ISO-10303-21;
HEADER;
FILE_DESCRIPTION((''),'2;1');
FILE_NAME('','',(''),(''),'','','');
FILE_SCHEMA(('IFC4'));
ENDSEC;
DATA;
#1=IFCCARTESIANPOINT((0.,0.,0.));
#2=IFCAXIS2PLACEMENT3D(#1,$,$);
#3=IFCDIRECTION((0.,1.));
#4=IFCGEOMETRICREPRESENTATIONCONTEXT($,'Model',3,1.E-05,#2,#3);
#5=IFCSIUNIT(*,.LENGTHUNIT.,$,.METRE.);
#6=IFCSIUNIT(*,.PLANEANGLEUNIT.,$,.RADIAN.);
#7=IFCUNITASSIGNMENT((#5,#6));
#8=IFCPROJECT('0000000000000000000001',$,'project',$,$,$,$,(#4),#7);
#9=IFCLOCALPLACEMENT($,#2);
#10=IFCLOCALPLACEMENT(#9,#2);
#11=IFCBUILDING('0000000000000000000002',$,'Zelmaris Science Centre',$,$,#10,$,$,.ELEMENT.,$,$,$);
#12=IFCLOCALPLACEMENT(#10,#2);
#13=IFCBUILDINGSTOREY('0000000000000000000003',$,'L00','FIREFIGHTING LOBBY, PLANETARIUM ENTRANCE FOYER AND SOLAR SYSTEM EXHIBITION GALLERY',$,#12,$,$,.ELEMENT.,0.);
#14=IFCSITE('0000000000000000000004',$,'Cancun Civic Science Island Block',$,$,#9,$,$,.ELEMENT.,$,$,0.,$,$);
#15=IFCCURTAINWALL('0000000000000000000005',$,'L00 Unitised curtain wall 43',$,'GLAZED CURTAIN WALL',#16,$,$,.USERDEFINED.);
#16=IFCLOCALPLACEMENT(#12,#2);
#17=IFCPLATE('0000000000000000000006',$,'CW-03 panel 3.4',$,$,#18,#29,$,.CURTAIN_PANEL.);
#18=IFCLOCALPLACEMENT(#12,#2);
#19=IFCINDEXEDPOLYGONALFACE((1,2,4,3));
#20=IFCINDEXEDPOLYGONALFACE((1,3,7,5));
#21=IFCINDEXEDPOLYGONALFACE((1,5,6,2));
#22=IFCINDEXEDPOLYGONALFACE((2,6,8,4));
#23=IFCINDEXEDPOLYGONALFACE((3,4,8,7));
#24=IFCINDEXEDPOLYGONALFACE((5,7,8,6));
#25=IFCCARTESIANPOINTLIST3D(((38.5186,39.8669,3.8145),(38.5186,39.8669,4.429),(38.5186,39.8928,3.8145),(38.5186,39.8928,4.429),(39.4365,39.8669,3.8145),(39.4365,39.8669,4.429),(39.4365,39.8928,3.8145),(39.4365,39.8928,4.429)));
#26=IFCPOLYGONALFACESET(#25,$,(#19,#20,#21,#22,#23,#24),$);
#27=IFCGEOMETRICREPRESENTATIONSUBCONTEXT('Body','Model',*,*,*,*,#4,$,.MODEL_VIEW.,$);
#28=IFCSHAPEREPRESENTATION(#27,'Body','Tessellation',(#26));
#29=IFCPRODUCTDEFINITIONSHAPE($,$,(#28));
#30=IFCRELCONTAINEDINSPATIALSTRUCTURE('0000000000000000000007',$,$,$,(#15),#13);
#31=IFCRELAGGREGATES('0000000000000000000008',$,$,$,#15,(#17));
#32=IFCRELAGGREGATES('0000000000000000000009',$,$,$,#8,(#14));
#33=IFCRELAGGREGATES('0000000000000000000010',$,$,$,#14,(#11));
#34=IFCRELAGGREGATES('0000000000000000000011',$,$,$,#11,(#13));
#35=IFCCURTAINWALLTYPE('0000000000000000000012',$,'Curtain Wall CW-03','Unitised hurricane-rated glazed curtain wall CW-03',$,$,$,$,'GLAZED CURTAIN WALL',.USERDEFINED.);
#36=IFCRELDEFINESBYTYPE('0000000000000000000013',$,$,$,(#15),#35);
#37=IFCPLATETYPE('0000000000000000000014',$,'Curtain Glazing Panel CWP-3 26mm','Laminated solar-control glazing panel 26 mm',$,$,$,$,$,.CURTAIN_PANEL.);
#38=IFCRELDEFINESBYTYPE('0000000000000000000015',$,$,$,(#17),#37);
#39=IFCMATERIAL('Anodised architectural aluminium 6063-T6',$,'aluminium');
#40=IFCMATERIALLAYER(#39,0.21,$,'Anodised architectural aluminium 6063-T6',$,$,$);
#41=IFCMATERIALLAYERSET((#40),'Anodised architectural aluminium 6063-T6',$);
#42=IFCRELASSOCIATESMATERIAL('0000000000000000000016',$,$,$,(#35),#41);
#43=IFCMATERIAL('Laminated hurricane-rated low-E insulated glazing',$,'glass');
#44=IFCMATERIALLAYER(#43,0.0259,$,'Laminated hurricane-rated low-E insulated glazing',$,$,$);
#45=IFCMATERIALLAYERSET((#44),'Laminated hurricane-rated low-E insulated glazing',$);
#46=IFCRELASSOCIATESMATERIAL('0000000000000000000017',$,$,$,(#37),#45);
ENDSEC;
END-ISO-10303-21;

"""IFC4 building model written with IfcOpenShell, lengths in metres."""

from ifc_helpers import new_model, si_unit, direction, frame, origin, origin_2d, place, context, subcontext, project, spatial, rectangle, extrude, material, layer, layer_set, type_object, element, aggregate, save


model = new_model("IFC4")

# Units and contexts
model_context = context("Model", 3, precision=1e-05, world=origin(), true_north=direction((0.0, 1.0)))
body_context = subcontext(model_context, "Body", "Model", "MODEL_VIEW")
ifc_project = project(units=[si_unit("LENGTHUNIT", "METRE"), si_unit("PLANEANGLEUNIT", "RADIAN")], contexts=[model_context])

# Site, building, storey
site_placement = place(None, origin())
site = spatial("IfcSite", under=ifc_project, at=site_placement, Name="Cancun Civic Science Island Block", CompositionType="ELEMENT", RefElevation=0.0)
building_placement = place(site_placement, origin())
building = spatial("IfcBuilding", under=site, at=building_placement, Name="Zelmaris Science Centre", CompositionType="ELEMENT")
storey_placement = place(building_placement, origin())
storey = spatial("IfcBuildingStorey", under=building, at=storey_placement, Name="L00", Description="FIREFIGHTING LOBBY, PLANETARIUM ENTRANCE FOYER AND SOLAR SYSTEM EXHIBITION GALLERY", CompositionType="ELEMENT", Elevation=0.0)

# Curtain wall
ifc_material_1 = material(Name="Anodised architectural aluminium 6063-T6", Category="aluminium")
ifc_layer_1 = layer(ifc_material_1, 0.21, Name="Anodised architectural aluminium 6063-T6")
ifc_layer_set_1 = layer_set([ifc_layer_1], Name="Anodised architectural aluminium 6063-T6")
curtain_wall_type = type_object("IfcCurtainWallType", Name="Curtain Wall CW-03", Description="Unitised hurricane-rated glazed curtain wall CW-03", ElementType="GLAZED CURTAIN WALL", PredefinedType="USERDEFINED", material=ifc_layer_set_1)
curtain_wall_placement = place(storey_placement, origin())
curtain_wall = element("IfcCurtainWall", 1, at=curtain_wall_placement, inside=storey, type_object=curtain_wall_type, Name="L00 Unitised curtain wall 43", ObjectType="GLAZED CURTAIN WALL", PredefinedType="USERDEFINED")

# Plate
ifc_material_2 = material(Name="Laminated hurricane-rated low-E insulated glazing", Category="glass")
ifc_layer_2 = layer(ifc_material_2, 0.0259, Name="Laminated hurricane-rated low-E insulated glazing")
ifc_layer_set_2 = layer_set([ifc_layer_2], Name="Laminated hurricane-rated low-E insulated glazing")
plate_type = type_object("IfcPlateType", Name="Curtain Glazing Panel CWP-3 26mm", Description="Laminated solar-control glazing panel 26 mm", PredefinedType="CURTAIN_PANEL", material=ifc_layer_set_2)
plate_1_placement = place(storey_placement, frame((38.9775, 39.8799, 3.8145), z_axis=(0.0, 0.0, 1.0), x_axis=(1.0, 0.0, 0.0)))
plate_1 = element("IfcPlate", 2, at=plate_1_placement, type_object=plate_type, Name="CW-03 panel 3.4", PredefinedType="CURTAIN_PANEL", context=body_context, shape_type="SweptSolid", body=[
    extrude(rectangle(XDim=0.918, YDim=0.0259, at=origin_2d()), origin(), (0.0, 0.0, 1.0), 0.6145),
])
aggregate(curtain_wall, [plate_1])

save(model, "model.ifc")
